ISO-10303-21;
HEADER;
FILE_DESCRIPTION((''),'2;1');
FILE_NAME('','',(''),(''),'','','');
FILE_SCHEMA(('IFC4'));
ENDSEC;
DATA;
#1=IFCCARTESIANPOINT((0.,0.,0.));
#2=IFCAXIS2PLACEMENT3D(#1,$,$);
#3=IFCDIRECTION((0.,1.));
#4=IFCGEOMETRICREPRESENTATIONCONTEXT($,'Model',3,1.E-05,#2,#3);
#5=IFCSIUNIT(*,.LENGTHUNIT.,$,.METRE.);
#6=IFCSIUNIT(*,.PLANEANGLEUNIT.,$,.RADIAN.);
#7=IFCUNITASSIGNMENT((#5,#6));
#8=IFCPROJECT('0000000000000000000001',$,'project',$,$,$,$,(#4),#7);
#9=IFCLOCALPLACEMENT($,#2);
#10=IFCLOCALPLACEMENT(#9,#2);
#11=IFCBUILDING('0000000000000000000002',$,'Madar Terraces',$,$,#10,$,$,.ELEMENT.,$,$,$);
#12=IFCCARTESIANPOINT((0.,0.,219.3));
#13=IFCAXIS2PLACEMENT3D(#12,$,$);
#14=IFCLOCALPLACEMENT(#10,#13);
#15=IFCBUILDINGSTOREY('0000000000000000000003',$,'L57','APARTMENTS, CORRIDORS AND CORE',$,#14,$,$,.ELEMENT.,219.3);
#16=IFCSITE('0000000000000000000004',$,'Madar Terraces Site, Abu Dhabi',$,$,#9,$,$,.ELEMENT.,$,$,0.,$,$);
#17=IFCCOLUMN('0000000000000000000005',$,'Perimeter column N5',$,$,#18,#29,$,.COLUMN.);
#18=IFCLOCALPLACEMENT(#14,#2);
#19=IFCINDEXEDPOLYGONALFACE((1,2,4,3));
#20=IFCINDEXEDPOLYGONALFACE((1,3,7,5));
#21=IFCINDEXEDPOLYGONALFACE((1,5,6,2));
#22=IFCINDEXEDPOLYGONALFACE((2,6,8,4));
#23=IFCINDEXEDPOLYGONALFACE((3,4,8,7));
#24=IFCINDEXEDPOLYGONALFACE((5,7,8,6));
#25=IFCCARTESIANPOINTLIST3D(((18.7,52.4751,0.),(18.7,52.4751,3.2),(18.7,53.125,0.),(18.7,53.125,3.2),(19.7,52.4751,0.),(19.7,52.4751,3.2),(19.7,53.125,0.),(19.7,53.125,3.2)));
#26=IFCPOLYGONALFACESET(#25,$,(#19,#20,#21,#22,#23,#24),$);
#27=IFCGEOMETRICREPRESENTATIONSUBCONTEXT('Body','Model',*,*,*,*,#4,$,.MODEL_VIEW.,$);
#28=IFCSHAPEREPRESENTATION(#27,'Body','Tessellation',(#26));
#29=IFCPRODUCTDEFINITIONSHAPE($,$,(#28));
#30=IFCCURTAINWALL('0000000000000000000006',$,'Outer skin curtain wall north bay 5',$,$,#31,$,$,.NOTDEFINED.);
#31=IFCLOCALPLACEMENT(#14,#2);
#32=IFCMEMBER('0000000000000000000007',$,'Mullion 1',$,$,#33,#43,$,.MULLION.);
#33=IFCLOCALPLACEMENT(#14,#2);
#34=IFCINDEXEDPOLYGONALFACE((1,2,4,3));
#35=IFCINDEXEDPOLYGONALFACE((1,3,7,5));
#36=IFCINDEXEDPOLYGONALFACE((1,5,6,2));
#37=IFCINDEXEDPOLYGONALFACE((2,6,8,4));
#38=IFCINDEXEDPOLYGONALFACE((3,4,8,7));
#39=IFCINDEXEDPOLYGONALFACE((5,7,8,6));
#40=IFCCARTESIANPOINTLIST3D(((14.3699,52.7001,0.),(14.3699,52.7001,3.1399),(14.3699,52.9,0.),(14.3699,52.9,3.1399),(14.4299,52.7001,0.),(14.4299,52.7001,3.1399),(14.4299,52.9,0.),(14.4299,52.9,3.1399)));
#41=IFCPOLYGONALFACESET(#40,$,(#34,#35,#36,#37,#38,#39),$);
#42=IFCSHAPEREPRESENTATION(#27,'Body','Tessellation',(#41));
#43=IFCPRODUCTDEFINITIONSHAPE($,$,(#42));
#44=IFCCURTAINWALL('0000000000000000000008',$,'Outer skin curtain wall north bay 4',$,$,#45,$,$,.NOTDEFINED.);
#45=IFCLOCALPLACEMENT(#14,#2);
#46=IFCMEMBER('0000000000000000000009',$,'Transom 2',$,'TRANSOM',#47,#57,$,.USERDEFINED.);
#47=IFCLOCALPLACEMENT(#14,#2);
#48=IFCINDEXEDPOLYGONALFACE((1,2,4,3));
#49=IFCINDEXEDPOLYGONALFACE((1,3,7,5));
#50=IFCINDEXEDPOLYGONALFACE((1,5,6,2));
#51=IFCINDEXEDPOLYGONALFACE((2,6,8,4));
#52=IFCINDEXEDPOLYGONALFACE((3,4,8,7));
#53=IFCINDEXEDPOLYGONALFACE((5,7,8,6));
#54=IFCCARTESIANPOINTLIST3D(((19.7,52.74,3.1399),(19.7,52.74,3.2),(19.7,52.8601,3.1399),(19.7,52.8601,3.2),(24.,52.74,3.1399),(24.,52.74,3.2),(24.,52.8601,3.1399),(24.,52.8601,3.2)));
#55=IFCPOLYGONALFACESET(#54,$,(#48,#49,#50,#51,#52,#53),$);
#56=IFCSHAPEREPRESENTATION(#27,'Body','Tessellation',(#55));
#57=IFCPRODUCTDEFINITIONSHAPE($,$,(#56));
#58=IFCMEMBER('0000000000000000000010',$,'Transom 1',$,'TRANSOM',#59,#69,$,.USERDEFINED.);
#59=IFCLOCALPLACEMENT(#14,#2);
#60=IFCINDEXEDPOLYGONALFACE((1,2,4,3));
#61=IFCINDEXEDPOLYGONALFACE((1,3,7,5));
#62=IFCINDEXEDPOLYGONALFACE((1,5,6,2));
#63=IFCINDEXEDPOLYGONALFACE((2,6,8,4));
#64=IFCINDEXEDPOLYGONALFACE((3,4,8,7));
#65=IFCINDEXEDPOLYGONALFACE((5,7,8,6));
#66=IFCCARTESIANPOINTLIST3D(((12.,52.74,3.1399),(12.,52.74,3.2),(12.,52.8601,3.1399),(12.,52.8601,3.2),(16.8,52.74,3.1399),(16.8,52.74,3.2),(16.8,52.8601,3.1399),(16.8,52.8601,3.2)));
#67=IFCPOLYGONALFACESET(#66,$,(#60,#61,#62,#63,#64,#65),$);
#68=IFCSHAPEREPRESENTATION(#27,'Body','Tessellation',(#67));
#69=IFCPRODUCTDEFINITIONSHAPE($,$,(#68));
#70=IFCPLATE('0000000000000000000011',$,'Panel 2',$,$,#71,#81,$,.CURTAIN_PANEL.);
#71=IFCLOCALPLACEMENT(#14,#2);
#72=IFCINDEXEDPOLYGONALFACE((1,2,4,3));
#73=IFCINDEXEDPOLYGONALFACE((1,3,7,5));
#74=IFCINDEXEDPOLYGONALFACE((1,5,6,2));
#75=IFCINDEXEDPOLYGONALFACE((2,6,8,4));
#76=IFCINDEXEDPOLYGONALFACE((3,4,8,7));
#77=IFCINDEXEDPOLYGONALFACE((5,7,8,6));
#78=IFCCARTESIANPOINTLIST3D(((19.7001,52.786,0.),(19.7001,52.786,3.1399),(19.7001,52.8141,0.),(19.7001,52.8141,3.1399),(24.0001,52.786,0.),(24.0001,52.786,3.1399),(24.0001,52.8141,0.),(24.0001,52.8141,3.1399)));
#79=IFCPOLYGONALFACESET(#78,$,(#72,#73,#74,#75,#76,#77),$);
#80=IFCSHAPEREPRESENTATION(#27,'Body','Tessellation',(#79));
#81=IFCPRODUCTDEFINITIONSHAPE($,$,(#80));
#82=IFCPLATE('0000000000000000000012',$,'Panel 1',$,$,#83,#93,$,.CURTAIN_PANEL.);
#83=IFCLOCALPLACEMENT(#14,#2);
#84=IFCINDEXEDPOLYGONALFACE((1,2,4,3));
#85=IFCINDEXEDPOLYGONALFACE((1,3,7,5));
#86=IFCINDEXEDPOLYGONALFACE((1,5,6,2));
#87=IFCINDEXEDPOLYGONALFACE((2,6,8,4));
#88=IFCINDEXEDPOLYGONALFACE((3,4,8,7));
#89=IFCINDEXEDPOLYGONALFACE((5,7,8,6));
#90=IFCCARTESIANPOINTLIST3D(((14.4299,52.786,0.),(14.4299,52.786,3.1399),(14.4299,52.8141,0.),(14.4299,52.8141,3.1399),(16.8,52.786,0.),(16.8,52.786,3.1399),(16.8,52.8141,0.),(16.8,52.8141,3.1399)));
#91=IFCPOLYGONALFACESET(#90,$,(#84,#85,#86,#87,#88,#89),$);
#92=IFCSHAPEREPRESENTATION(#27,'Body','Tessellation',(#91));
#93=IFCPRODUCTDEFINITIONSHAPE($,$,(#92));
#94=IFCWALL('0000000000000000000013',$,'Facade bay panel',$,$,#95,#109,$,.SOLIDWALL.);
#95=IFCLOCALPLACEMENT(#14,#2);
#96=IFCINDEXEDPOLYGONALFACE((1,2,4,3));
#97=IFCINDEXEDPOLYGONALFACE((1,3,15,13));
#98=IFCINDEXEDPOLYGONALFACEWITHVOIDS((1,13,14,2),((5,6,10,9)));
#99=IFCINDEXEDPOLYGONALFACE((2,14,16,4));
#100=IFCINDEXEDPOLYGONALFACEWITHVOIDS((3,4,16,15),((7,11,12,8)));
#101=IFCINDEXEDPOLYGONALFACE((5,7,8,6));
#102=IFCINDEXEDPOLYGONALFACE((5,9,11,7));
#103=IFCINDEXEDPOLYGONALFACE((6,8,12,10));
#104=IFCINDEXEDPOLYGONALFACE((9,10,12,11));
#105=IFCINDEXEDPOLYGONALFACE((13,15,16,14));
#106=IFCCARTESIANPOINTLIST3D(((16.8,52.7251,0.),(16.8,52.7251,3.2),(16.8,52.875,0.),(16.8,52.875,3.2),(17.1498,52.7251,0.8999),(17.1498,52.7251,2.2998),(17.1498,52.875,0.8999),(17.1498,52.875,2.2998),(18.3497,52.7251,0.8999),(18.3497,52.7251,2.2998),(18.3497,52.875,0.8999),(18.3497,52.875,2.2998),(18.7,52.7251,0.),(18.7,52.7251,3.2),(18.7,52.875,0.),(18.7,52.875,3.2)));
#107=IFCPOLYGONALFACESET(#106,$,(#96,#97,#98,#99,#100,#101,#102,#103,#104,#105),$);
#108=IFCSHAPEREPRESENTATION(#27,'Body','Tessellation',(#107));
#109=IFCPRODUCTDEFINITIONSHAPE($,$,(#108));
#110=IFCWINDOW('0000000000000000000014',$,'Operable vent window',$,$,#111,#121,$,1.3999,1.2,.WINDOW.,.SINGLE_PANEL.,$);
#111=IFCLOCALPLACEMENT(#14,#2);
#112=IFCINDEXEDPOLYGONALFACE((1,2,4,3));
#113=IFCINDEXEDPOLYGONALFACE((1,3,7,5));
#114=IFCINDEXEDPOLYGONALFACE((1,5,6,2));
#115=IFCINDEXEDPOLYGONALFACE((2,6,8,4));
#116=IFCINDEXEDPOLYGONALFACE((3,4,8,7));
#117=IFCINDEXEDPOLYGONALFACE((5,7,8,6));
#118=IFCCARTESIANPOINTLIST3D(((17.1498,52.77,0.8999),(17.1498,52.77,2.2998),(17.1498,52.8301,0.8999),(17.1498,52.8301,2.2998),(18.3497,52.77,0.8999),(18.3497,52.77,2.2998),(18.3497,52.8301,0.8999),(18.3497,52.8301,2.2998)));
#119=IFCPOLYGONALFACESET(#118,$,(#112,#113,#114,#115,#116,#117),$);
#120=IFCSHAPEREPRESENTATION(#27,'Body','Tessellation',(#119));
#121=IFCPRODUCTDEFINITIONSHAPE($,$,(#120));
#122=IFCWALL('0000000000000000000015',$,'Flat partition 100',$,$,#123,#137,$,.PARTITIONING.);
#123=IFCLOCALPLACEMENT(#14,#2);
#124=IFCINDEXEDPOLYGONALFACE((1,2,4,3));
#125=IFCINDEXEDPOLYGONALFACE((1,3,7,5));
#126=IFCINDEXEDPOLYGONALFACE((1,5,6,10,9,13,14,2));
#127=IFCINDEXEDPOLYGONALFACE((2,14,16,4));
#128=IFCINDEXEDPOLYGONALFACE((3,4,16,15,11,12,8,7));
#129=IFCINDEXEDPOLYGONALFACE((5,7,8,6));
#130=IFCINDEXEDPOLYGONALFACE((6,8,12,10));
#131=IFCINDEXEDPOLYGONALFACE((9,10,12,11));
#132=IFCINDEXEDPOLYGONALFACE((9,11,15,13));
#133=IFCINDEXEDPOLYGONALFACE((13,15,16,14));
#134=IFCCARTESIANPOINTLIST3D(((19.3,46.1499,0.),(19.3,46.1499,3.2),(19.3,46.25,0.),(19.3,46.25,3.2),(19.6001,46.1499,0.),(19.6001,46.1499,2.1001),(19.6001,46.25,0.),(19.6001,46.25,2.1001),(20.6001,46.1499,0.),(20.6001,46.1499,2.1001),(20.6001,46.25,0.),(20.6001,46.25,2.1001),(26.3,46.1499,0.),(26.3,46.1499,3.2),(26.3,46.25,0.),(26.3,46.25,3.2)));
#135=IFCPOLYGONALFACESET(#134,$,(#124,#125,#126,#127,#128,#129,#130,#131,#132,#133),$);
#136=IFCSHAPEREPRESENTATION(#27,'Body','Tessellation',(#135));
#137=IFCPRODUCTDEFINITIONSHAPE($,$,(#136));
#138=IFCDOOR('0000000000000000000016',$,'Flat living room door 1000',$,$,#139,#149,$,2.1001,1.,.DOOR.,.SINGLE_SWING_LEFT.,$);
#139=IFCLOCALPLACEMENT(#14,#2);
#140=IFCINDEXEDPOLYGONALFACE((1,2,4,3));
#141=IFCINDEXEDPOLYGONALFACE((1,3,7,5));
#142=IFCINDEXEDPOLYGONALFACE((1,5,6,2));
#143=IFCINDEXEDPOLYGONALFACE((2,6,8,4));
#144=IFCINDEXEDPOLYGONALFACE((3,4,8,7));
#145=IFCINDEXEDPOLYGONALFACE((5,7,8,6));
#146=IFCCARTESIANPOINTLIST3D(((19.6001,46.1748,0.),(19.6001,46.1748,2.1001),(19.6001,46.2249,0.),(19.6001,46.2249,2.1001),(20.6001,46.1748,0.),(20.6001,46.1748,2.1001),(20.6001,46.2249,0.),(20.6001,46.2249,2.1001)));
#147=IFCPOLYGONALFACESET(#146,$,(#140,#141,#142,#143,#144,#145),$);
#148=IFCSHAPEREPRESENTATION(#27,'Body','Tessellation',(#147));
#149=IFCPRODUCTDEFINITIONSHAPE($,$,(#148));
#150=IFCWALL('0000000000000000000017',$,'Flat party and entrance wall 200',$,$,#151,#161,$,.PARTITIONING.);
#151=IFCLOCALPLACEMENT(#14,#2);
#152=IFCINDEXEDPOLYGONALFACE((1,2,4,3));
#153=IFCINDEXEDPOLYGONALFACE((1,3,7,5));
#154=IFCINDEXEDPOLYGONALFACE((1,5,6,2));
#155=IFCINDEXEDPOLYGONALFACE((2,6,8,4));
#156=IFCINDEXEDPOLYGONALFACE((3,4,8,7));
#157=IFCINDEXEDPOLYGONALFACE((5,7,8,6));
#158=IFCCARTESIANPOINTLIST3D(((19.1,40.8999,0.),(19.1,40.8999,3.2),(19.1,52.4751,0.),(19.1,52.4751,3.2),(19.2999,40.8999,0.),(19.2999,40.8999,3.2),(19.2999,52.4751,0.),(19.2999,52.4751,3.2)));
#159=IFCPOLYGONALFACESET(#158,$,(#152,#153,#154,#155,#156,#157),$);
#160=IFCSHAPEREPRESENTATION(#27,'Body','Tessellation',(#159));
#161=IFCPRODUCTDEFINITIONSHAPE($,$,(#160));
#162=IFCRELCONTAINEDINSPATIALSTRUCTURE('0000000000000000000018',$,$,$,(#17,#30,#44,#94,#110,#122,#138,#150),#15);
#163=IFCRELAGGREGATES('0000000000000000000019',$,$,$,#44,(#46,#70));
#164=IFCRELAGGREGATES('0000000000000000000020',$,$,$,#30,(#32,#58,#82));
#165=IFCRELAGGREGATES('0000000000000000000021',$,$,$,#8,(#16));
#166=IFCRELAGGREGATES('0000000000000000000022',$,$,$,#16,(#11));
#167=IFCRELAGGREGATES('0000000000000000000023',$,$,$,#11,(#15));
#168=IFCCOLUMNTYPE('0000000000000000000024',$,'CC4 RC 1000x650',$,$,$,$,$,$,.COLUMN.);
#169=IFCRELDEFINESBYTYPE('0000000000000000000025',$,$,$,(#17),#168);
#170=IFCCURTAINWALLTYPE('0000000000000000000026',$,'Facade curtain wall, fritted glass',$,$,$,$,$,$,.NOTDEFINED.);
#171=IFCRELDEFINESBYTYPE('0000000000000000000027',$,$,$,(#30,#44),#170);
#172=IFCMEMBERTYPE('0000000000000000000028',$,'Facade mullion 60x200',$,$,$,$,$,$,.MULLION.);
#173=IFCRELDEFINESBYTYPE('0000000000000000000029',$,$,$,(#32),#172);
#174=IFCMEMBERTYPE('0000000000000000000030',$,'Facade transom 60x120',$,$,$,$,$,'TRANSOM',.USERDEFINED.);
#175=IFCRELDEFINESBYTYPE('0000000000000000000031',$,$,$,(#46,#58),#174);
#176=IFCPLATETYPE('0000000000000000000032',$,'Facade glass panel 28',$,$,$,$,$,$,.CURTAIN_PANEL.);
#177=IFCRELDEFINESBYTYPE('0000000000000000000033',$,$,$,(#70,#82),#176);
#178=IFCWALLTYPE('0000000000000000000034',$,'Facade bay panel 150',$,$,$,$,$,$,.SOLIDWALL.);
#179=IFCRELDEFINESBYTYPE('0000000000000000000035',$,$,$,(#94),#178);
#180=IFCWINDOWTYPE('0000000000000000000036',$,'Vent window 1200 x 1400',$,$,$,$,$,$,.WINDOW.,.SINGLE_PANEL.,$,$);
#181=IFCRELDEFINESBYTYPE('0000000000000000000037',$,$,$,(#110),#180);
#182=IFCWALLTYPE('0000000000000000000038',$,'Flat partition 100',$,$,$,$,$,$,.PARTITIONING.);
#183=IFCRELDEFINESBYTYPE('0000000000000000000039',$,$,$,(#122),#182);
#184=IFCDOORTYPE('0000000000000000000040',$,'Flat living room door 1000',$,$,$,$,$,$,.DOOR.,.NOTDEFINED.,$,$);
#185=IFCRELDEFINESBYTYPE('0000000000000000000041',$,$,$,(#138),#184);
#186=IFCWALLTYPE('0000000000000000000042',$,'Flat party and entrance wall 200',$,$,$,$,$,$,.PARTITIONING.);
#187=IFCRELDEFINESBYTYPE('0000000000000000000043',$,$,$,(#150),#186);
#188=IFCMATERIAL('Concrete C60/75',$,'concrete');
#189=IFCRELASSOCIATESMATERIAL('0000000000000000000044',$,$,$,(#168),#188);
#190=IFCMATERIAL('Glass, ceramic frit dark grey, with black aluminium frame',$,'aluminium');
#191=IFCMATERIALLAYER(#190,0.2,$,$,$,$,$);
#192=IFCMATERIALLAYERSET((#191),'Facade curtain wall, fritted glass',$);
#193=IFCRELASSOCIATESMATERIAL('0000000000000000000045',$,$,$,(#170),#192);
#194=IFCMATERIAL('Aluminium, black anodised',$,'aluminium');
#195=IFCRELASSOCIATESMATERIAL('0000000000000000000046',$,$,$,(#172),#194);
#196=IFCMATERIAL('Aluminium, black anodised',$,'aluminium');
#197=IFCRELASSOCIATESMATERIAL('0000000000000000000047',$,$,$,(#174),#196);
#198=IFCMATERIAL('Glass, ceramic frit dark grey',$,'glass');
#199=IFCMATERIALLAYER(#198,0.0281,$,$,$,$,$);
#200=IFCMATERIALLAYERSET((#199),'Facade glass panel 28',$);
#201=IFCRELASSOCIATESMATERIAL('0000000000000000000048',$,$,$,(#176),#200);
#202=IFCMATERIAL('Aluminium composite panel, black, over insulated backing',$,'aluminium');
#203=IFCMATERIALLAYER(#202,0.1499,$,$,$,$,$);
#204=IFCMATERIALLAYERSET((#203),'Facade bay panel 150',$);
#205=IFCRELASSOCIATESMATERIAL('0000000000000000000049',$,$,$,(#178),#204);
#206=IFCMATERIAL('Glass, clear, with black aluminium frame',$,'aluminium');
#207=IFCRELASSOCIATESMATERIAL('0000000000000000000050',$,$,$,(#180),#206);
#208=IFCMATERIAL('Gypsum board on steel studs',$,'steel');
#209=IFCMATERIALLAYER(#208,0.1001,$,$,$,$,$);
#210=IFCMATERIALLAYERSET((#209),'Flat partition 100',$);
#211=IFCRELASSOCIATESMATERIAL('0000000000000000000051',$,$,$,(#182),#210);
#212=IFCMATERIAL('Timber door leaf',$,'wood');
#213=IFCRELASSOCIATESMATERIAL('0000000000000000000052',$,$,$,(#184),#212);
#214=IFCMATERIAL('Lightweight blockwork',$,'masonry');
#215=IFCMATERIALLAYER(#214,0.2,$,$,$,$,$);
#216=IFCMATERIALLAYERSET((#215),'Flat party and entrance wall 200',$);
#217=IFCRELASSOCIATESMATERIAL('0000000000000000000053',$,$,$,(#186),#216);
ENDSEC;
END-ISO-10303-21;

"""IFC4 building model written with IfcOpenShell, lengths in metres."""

from ifc_helpers import new_model, si_unit, direction, frame, frame_2d, origin, origin_2d, place, context, subcontext, project, spatial, rectangle, extrude, material, layer, layer_set, material_profile, profile_set, type_object, element, fill, aggregate, save


model = new_model("IFC4")

# Units and contexts
model_context = context("Model", 3, precision=1e-05, world=origin(), true_north=direction((0.0, 1.0)))
body_context = subcontext(model_context, "Body", "Model", "MODEL_VIEW")
ifc_project = project(units=[si_unit("LENGTHUNIT", "METRE"), si_unit("PLANEANGLEUNIT", "RADIAN")], contexts=[model_context])

# Site, building, storey
site_placement = place(None, origin())
site = spatial("IfcSite", under=ifc_project, at=site_placement, Name="Madar Terraces Site, Abu Dhabi", CompositionType="ELEMENT", RefElevation=0.0)
building_placement = place(site_placement, origin())
building = spatial("IfcBuilding", under=site, at=building_placement, Name="Madar Terraces", CompositionType="ELEMENT")
storey_placement = place(building_placement, frame((0.0, 0.0, 219.3)))
storey = spatial("IfcBuildingStorey", under=building, at=storey_placement, Name="L57", Description="APARTMENTS, CORRIDORS AND CORE", CompositionType="ELEMENT", Elevation=219.3)

# Column
ifc_material_1 = material(Name="Concrete C60/75", Category="concrete")
ifc_material_profile_1 = material_profile(ifc_material_1, rectangle(XDim=1.0, YDim=0.6499, at=origin_2d()), Name="CC4 RC 1000x650")
ifc_profile_set_1 = profile_set([ifc_material_profile_1], Name="Concrete C60/75")
column_type = type_object("IfcColumnType", Name="CC4 RC 1000x650", PredefinedType="COLUMN", material=ifc_profile_set_1)
column_placement = place(storey_placement, frame((19.2, 52.8, 0.0), z_axis=(0.0, 0.0, 1.0), x_axis=(1.0, 0.0, 0.0)))
element("IfcColumn", 1, at=column_placement, inside=storey, type_object=column_type, Name="Perimeter column N5", PredefinedType="COLUMN", context=body_context, shape_type="SweptSolid", body=[
    extrude(rectangle(XDim=1.0, YDim=0.6499, at=origin_2d()), origin(), (0.0, 0.0, 1.0), 3.2),
])

# Curtain walls, members
ifc_material_2 = material(Name="Glass, ceramic frit dark grey, with black aluminium frame", Category="aluminium")
ifc_layer_1 = layer(ifc_material_2, 0.2)
ifc_layer_set_1 = layer_set([ifc_layer_1], Name="Facade curtain wall, fritted glass")
curtain_wall_type = type_object("IfcCurtainWallType", Name="Facade curtain wall, fritted glass", PredefinedType="NOTDEFINED", material=ifc_layer_set_1)
curtain_wall_1_placement = place(storey_placement, origin())
curtain_wall_1 = element("IfcCurtainWall", 2, at=curtain_wall_1_placement, inside=storey, type_object=curtain_wall_type, Name="Outer skin curtain wall north bay 5", PredefinedType="NOTDEFINED")
ifc_material_3 = material(Name="Aluminium, black anodised", Category="aluminium")
ifc_material_profile_2 = material_profile(ifc_material_3, rectangle(XDim=0.2, YDim=0.0601, at=origin_2d()), Name="Facade mullion 60x200")
ifc_profile_set_2 = profile_set([ifc_material_profile_2], Name="Aluminium, black anodised")
member_type_1 = type_object("IfcMemberType", Name="Facade mullion 60x200", PredefinedType="MULLION", material=ifc_profile_set_2)
member_1_placement = place(storey_placement, frame((14.3999, 52.8, 0.0), z_axis=(0.0, 0.0, 1.0), x_axis=(0.0, -1.0, 0.0)))
member_1 = element("IfcMember", 3, at=member_1_placement, type_object=member_type_1, Name="Mullion 1", PredefinedType="MULLION", context=body_context, shape_type="SweptSolid", body=[
    extrude(rectangle(XDim=0.2, YDim=0.0601, at=origin_2d()), origin(), (0.0, 0.0, 1.0), 3.1399),
])
curtain_wall_2_placement = place(storey_placement, origin())
curtain_wall_2 = element("IfcCurtainWall", 4, at=curtain_wall_2_placement, inside=storey, type_object=curtain_wall_type, Name="Outer skin curtain wall north bay 4", PredefinedType="NOTDEFINED")
ifc_material_4 = material(Name="Aluminium, black anodised", Category="aluminium")
ifc_material_profile_3 = material_profile(ifc_material_4, rectangle(XDim=0.1201, YDim=0.0601, at=origin_2d()), Name="Facade transom 60x120")
ifc_profile_set_3 = profile_set([ifc_material_profile_3], Name="Aluminium, black anodised")
member_type_2 = type_object("IfcMemberType", Name="Facade transom 60x120", ElementType="TRANSOM", PredefinedType="USERDEFINED", material=ifc_profile_set_3)
member_2_placement = place(storey_placement, frame((24.0, 52.8, 3.1699), z_axis=(-1.0, 0.0, 0.0), x_axis=(0.0, -1.0, 0.0)))
member_2 = element("IfcMember", 5, at=member_2_placement, type_object=member_type_2, Name="Transom 2", ObjectType="TRANSOM", PredefinedType="USERDEFINED", context=body_context, shape_type="SweptSolid", body=[
    extrude(rectangle(XDim=0.1201, YDim=0.0601, at=origin_2d()), origin(), (0.0, 0.0, 1.0), 4.3),
])

# Member
member_3_placement = place(storey_placement, frame((16.8, 52.8, 3.1699), z_axis=(-1.0, 0.0, 0.0), x_axis=(0.0, -1.0, 0.0)))
member_3 = element("IfcMember", 6, at=member_3_placement, type_object=member_type_2, Name="Transom 1", ObjectType="TRANSOM", PredefinedType="USERDEFINED", context=body_context, shape_type="SweptSolid", body=[
    extrude(rectangle(XDim=0.1201, YDim=0.0601, at=origin_2d()), origin(), (0.0, 0.0, 1.0), 4.8),
])

# Plates
ifc_material_5 = material(Name="Glass, ceramic frit dark grey", Category="glass")
ifc_layer_2 = layer(ifc_material_5, 0.0281)
ifc_layer_set_2 = layer_set([ifc_layer_2], Name="Facade glass panel 28")
plate_type = type_object("IfcPlateType", Name="Facade glass panel 28", PredefinedType="CURTAIN_PANEL", material=ifc_layer_set_2)
plate_1_placement = place(storey_placement, frame((21.8501, 52.8, 0.0), z_axis=(0.0, 0.0, 1.0), x_axis=(-1.0, 0.0, 0.0)))
plate_1 = element("IfcPlate", 7, at=plate_1_placement, type_object=plate_type, Name="Panel 2", PredefinedType="CURTAIN_PANEL", context=body_context, shape_type="SweptSolid", body=[
    extrude(rectangle(XDim=4.3, YDim=0.0281, at=origin_2d()), origin(), (0.0, 0.0, 1.0), 3.1399),
])
aggregate(curtain_wall_2, [member_2, plate_1])
plate_2_placement = place(storey_placement, frame((15.615, 52.8, 0.0), z_axis=(0.0, 0.0, 1.0), x_axis=(-1.0, 0.0, 0.0)))
plate_2 = element("IfcPlate", 8, at=plate_2_placement, type_object=plate_type, Name="Panel 1", PredefinedType="CURTAIN_PANEL", context=body_context, shape_type="SweptSolid", body=[
    extrude(rectangle(XDim=2.3701, YDim=0.0281, at=origin_2d()), origin(), (0.0, 0.0, 1.0), 3.1399),
])
aggregate(curtain_wall_1, [member_1, member_3, plate_2])

# Wall, opening, window
ifc_material_6 = material(Name="Aluminium composite panel, black, over insulated backing", Category="aluminium")
ifc_layer_3 = layer(ifc_material_6, 0.1499)
ifc_layer_set_3 = layer_set([ifc_layer_3], Name="Facade bay panel 150")
wall_type_1 = type_object("IfcWallType", Name="Facade bay panel 150", PredefinedType="SOLIDWALL", material=ifc_layer_set_3)
wall_1_placement = place(storey_placement, frame((18.7, 52.8, 0.0), z_axis=(0.0, 0.0, 1.0), x_axis=(-1.0, 0.0, 0.0)))
wall_1 = element("IfcWall", 9, at=wall_1_placement, inside=storey, type_object=wall_type_1, Name="Facade bay panel", PredefinedType="SOLIDWALL", context=body_context, shape_type="SweptSolid", body=[
    extrude(rectangle(XDim=1.8999, YDim=0.1499, at=frame_2d((0.95, 0.0))), origin(), (0.0, 0.0, 1.0), 3.2),
])
opening_1_placement = place(wall_1_placement, frame((0.3501, 0.0, 0.8999)))
opening_1 = element("IfcOpeningElement", 10, at=opening_1_placement, cuts=wall_1, PredefinedType="OPENING", context=body_context, shape_type="SweptSolid", body=[
    extrude(rectangle(XDim=1.2, YDim=1.3999, at=frame_2d((0.6001, 0.7))), frame((0.0, 0.085, 0.0), z_axis=(0.0, -1.0, 0.0), x_axis=(1.0, 0.0, 0.0)), (0.0, 0.0, 1.0), 0.1699),
])
ifc_material_7 = material(Name="Glass, clear, with black aluminium frame", Category="aluminium")
window_type = type_object("IfcWindowType", Name="Vent window 1200 x 1400", PartitioningType="SINGLE_PANEL", PredefinedType="WINDOW", material=ifc_material_7)
window_placement = place(opening_1_placement, origin())
window = element("IfcWindow", 11, at=window_placement, inside=storey, type_object=window_type, Name="Operable vent window", OverallHeight=1.3999, OverallWidth=1.2, PartitioningType="SINGLE_PANEL", PredefinedType="WINDOW", context=body_context, shape_type="SweptSolid", body=[
    extrude(rectangle(XDim=1.2, YDim=1.3999, at=frame_2d((0.6001, 0.7))), frame((0.0, 0.03, 0.0), z_axis=(0.0, -1.0, 0.0), x_axis=(1.0, 0.0, 0.0)), (0.0, 0.0, 1.0), 0.0601),
])
fill(opening_1, window)

# Wall, opening, door
ifc_material_8 = material(Name="Gypsum board on steel studs", Category="steel")
ifc_layer_4 = layer(ifc_material_8, 0.1001)
ifc_layer_set_4 = layer_set([ifc_layer_4], Name="Flat partition 100")
wall_type_2 = type_object("IfcWallType", Name="Flat partition 100", PredefinedType="PARTITIONING", material=ifc_layer_set_4)
wall_2_placement = place(storey_placement, frame((19.3, 46.2, 0.0), z_axis=(0.0, 0.0, 1.0), x_axis=(1.0, 0.0, 0.0)))
wall_2 = element("IfcWall", 12, at=wall_2_placement, inside=storey, type_object=wall_type_2, Name="Flat partition 100", PredefinedType="PARTITIONING", context=body_context, shape_type="SweptSolid", body=[
    extrude(rectangle(XDim=7.0, YDim=0.1001, at=frame_2d((3.5, 0.0))), origin(), (0.0, 0.0, 1.0), 3.2),
])
opening_2_placement = place(wall_2_placement, frame((0.3, 0.0, 0.0)))
opening_2 = element("IfcOpeningElement", 13, at=opening_2_placement, cuts=wall_2, PredefinedType="OPENING", context=body_context, shape_type="SweptSolid", body=[
    extrude(rectangle(XDim=1.0, YDim=2.1001, at=frame_2d((0.5, 1.05))), frame((0.0, 0.0601, 0.0), z_axis=(0.0, -1.0, 0.0), x_axis=(1.0, 0.0, 0.0)), (0.0, 0.0, 1.0), 0.1201),
])
ifc_material_9 = material(Name="Timber door leaf", Category="wood")
door_type_1 = type_object("IfcDoorType", Name="Flat living room door 1000", OperationType="NOTDEFINED", PredefinedType="DOOR", material=ifc_material_9)
door_1_placement = place(opening_2_placement, origin())
door_1 = element("IfcDoor", 14, at=door_1_placement, inside=storey, type_object=door_type_1, Name="Flat living room door 1000", OperationType="SINGLE_SWING_LEFT", OverallHeight=2.1001, OverallWidth=1.0, PredefinedType="DOOR", context=body_context, shape_type="SweptSolid", body=[
    extrude(rectangle(XDim=1.0, YDim=2.1001, at=frame_2d((0.5, 1.05))), frame((0.0, 0.0249, 0.0), z_axis=(0.0, -1.0, 0.0), x_axis=(1.0, 0.0, 0.0)), (0.0, 0.0, 1.0), 0.05),
])
fill(opening_2, door_1)

# Wall
ifc_material_10 = material(Name="Lightweight blockwork", Category="masonry")
ifc_layer_5 = layer(ifc_material_10, 0.2)
ifc_layer_set_5 = layer_set([ifc_layer_5], Name="Flat party and entrance wall 200")
wall_type_3 = type_object("IfcWallType", Name="Flat party and entrance wall 200", PredefinedType="PARTITIONING", material=ifc_layer_set_5)
wall_3_placement = place(storey_placement, frame((19.2, 52.4751, 0.0), z_axis=(0.0, 0.0, 1.0), x_axis=(0.0, -1.0, 0.0)))
element("IfcWall", 15, at=wall_3_placement, inside=storey, type_object=wall_type_3, Name="Flat party and entrance wall 200", PredefinedType="PARTITIONING", context=body_context, shape_type="SweptSolid", body=[
    extrude(rectangle(XDim=11.5752, YDim=0.2, at=frame_2d((5.7876, 0.0))), origin(), (0.0, 0.0, 1.0), 3.2),
])

save(model, "model.ifc")
